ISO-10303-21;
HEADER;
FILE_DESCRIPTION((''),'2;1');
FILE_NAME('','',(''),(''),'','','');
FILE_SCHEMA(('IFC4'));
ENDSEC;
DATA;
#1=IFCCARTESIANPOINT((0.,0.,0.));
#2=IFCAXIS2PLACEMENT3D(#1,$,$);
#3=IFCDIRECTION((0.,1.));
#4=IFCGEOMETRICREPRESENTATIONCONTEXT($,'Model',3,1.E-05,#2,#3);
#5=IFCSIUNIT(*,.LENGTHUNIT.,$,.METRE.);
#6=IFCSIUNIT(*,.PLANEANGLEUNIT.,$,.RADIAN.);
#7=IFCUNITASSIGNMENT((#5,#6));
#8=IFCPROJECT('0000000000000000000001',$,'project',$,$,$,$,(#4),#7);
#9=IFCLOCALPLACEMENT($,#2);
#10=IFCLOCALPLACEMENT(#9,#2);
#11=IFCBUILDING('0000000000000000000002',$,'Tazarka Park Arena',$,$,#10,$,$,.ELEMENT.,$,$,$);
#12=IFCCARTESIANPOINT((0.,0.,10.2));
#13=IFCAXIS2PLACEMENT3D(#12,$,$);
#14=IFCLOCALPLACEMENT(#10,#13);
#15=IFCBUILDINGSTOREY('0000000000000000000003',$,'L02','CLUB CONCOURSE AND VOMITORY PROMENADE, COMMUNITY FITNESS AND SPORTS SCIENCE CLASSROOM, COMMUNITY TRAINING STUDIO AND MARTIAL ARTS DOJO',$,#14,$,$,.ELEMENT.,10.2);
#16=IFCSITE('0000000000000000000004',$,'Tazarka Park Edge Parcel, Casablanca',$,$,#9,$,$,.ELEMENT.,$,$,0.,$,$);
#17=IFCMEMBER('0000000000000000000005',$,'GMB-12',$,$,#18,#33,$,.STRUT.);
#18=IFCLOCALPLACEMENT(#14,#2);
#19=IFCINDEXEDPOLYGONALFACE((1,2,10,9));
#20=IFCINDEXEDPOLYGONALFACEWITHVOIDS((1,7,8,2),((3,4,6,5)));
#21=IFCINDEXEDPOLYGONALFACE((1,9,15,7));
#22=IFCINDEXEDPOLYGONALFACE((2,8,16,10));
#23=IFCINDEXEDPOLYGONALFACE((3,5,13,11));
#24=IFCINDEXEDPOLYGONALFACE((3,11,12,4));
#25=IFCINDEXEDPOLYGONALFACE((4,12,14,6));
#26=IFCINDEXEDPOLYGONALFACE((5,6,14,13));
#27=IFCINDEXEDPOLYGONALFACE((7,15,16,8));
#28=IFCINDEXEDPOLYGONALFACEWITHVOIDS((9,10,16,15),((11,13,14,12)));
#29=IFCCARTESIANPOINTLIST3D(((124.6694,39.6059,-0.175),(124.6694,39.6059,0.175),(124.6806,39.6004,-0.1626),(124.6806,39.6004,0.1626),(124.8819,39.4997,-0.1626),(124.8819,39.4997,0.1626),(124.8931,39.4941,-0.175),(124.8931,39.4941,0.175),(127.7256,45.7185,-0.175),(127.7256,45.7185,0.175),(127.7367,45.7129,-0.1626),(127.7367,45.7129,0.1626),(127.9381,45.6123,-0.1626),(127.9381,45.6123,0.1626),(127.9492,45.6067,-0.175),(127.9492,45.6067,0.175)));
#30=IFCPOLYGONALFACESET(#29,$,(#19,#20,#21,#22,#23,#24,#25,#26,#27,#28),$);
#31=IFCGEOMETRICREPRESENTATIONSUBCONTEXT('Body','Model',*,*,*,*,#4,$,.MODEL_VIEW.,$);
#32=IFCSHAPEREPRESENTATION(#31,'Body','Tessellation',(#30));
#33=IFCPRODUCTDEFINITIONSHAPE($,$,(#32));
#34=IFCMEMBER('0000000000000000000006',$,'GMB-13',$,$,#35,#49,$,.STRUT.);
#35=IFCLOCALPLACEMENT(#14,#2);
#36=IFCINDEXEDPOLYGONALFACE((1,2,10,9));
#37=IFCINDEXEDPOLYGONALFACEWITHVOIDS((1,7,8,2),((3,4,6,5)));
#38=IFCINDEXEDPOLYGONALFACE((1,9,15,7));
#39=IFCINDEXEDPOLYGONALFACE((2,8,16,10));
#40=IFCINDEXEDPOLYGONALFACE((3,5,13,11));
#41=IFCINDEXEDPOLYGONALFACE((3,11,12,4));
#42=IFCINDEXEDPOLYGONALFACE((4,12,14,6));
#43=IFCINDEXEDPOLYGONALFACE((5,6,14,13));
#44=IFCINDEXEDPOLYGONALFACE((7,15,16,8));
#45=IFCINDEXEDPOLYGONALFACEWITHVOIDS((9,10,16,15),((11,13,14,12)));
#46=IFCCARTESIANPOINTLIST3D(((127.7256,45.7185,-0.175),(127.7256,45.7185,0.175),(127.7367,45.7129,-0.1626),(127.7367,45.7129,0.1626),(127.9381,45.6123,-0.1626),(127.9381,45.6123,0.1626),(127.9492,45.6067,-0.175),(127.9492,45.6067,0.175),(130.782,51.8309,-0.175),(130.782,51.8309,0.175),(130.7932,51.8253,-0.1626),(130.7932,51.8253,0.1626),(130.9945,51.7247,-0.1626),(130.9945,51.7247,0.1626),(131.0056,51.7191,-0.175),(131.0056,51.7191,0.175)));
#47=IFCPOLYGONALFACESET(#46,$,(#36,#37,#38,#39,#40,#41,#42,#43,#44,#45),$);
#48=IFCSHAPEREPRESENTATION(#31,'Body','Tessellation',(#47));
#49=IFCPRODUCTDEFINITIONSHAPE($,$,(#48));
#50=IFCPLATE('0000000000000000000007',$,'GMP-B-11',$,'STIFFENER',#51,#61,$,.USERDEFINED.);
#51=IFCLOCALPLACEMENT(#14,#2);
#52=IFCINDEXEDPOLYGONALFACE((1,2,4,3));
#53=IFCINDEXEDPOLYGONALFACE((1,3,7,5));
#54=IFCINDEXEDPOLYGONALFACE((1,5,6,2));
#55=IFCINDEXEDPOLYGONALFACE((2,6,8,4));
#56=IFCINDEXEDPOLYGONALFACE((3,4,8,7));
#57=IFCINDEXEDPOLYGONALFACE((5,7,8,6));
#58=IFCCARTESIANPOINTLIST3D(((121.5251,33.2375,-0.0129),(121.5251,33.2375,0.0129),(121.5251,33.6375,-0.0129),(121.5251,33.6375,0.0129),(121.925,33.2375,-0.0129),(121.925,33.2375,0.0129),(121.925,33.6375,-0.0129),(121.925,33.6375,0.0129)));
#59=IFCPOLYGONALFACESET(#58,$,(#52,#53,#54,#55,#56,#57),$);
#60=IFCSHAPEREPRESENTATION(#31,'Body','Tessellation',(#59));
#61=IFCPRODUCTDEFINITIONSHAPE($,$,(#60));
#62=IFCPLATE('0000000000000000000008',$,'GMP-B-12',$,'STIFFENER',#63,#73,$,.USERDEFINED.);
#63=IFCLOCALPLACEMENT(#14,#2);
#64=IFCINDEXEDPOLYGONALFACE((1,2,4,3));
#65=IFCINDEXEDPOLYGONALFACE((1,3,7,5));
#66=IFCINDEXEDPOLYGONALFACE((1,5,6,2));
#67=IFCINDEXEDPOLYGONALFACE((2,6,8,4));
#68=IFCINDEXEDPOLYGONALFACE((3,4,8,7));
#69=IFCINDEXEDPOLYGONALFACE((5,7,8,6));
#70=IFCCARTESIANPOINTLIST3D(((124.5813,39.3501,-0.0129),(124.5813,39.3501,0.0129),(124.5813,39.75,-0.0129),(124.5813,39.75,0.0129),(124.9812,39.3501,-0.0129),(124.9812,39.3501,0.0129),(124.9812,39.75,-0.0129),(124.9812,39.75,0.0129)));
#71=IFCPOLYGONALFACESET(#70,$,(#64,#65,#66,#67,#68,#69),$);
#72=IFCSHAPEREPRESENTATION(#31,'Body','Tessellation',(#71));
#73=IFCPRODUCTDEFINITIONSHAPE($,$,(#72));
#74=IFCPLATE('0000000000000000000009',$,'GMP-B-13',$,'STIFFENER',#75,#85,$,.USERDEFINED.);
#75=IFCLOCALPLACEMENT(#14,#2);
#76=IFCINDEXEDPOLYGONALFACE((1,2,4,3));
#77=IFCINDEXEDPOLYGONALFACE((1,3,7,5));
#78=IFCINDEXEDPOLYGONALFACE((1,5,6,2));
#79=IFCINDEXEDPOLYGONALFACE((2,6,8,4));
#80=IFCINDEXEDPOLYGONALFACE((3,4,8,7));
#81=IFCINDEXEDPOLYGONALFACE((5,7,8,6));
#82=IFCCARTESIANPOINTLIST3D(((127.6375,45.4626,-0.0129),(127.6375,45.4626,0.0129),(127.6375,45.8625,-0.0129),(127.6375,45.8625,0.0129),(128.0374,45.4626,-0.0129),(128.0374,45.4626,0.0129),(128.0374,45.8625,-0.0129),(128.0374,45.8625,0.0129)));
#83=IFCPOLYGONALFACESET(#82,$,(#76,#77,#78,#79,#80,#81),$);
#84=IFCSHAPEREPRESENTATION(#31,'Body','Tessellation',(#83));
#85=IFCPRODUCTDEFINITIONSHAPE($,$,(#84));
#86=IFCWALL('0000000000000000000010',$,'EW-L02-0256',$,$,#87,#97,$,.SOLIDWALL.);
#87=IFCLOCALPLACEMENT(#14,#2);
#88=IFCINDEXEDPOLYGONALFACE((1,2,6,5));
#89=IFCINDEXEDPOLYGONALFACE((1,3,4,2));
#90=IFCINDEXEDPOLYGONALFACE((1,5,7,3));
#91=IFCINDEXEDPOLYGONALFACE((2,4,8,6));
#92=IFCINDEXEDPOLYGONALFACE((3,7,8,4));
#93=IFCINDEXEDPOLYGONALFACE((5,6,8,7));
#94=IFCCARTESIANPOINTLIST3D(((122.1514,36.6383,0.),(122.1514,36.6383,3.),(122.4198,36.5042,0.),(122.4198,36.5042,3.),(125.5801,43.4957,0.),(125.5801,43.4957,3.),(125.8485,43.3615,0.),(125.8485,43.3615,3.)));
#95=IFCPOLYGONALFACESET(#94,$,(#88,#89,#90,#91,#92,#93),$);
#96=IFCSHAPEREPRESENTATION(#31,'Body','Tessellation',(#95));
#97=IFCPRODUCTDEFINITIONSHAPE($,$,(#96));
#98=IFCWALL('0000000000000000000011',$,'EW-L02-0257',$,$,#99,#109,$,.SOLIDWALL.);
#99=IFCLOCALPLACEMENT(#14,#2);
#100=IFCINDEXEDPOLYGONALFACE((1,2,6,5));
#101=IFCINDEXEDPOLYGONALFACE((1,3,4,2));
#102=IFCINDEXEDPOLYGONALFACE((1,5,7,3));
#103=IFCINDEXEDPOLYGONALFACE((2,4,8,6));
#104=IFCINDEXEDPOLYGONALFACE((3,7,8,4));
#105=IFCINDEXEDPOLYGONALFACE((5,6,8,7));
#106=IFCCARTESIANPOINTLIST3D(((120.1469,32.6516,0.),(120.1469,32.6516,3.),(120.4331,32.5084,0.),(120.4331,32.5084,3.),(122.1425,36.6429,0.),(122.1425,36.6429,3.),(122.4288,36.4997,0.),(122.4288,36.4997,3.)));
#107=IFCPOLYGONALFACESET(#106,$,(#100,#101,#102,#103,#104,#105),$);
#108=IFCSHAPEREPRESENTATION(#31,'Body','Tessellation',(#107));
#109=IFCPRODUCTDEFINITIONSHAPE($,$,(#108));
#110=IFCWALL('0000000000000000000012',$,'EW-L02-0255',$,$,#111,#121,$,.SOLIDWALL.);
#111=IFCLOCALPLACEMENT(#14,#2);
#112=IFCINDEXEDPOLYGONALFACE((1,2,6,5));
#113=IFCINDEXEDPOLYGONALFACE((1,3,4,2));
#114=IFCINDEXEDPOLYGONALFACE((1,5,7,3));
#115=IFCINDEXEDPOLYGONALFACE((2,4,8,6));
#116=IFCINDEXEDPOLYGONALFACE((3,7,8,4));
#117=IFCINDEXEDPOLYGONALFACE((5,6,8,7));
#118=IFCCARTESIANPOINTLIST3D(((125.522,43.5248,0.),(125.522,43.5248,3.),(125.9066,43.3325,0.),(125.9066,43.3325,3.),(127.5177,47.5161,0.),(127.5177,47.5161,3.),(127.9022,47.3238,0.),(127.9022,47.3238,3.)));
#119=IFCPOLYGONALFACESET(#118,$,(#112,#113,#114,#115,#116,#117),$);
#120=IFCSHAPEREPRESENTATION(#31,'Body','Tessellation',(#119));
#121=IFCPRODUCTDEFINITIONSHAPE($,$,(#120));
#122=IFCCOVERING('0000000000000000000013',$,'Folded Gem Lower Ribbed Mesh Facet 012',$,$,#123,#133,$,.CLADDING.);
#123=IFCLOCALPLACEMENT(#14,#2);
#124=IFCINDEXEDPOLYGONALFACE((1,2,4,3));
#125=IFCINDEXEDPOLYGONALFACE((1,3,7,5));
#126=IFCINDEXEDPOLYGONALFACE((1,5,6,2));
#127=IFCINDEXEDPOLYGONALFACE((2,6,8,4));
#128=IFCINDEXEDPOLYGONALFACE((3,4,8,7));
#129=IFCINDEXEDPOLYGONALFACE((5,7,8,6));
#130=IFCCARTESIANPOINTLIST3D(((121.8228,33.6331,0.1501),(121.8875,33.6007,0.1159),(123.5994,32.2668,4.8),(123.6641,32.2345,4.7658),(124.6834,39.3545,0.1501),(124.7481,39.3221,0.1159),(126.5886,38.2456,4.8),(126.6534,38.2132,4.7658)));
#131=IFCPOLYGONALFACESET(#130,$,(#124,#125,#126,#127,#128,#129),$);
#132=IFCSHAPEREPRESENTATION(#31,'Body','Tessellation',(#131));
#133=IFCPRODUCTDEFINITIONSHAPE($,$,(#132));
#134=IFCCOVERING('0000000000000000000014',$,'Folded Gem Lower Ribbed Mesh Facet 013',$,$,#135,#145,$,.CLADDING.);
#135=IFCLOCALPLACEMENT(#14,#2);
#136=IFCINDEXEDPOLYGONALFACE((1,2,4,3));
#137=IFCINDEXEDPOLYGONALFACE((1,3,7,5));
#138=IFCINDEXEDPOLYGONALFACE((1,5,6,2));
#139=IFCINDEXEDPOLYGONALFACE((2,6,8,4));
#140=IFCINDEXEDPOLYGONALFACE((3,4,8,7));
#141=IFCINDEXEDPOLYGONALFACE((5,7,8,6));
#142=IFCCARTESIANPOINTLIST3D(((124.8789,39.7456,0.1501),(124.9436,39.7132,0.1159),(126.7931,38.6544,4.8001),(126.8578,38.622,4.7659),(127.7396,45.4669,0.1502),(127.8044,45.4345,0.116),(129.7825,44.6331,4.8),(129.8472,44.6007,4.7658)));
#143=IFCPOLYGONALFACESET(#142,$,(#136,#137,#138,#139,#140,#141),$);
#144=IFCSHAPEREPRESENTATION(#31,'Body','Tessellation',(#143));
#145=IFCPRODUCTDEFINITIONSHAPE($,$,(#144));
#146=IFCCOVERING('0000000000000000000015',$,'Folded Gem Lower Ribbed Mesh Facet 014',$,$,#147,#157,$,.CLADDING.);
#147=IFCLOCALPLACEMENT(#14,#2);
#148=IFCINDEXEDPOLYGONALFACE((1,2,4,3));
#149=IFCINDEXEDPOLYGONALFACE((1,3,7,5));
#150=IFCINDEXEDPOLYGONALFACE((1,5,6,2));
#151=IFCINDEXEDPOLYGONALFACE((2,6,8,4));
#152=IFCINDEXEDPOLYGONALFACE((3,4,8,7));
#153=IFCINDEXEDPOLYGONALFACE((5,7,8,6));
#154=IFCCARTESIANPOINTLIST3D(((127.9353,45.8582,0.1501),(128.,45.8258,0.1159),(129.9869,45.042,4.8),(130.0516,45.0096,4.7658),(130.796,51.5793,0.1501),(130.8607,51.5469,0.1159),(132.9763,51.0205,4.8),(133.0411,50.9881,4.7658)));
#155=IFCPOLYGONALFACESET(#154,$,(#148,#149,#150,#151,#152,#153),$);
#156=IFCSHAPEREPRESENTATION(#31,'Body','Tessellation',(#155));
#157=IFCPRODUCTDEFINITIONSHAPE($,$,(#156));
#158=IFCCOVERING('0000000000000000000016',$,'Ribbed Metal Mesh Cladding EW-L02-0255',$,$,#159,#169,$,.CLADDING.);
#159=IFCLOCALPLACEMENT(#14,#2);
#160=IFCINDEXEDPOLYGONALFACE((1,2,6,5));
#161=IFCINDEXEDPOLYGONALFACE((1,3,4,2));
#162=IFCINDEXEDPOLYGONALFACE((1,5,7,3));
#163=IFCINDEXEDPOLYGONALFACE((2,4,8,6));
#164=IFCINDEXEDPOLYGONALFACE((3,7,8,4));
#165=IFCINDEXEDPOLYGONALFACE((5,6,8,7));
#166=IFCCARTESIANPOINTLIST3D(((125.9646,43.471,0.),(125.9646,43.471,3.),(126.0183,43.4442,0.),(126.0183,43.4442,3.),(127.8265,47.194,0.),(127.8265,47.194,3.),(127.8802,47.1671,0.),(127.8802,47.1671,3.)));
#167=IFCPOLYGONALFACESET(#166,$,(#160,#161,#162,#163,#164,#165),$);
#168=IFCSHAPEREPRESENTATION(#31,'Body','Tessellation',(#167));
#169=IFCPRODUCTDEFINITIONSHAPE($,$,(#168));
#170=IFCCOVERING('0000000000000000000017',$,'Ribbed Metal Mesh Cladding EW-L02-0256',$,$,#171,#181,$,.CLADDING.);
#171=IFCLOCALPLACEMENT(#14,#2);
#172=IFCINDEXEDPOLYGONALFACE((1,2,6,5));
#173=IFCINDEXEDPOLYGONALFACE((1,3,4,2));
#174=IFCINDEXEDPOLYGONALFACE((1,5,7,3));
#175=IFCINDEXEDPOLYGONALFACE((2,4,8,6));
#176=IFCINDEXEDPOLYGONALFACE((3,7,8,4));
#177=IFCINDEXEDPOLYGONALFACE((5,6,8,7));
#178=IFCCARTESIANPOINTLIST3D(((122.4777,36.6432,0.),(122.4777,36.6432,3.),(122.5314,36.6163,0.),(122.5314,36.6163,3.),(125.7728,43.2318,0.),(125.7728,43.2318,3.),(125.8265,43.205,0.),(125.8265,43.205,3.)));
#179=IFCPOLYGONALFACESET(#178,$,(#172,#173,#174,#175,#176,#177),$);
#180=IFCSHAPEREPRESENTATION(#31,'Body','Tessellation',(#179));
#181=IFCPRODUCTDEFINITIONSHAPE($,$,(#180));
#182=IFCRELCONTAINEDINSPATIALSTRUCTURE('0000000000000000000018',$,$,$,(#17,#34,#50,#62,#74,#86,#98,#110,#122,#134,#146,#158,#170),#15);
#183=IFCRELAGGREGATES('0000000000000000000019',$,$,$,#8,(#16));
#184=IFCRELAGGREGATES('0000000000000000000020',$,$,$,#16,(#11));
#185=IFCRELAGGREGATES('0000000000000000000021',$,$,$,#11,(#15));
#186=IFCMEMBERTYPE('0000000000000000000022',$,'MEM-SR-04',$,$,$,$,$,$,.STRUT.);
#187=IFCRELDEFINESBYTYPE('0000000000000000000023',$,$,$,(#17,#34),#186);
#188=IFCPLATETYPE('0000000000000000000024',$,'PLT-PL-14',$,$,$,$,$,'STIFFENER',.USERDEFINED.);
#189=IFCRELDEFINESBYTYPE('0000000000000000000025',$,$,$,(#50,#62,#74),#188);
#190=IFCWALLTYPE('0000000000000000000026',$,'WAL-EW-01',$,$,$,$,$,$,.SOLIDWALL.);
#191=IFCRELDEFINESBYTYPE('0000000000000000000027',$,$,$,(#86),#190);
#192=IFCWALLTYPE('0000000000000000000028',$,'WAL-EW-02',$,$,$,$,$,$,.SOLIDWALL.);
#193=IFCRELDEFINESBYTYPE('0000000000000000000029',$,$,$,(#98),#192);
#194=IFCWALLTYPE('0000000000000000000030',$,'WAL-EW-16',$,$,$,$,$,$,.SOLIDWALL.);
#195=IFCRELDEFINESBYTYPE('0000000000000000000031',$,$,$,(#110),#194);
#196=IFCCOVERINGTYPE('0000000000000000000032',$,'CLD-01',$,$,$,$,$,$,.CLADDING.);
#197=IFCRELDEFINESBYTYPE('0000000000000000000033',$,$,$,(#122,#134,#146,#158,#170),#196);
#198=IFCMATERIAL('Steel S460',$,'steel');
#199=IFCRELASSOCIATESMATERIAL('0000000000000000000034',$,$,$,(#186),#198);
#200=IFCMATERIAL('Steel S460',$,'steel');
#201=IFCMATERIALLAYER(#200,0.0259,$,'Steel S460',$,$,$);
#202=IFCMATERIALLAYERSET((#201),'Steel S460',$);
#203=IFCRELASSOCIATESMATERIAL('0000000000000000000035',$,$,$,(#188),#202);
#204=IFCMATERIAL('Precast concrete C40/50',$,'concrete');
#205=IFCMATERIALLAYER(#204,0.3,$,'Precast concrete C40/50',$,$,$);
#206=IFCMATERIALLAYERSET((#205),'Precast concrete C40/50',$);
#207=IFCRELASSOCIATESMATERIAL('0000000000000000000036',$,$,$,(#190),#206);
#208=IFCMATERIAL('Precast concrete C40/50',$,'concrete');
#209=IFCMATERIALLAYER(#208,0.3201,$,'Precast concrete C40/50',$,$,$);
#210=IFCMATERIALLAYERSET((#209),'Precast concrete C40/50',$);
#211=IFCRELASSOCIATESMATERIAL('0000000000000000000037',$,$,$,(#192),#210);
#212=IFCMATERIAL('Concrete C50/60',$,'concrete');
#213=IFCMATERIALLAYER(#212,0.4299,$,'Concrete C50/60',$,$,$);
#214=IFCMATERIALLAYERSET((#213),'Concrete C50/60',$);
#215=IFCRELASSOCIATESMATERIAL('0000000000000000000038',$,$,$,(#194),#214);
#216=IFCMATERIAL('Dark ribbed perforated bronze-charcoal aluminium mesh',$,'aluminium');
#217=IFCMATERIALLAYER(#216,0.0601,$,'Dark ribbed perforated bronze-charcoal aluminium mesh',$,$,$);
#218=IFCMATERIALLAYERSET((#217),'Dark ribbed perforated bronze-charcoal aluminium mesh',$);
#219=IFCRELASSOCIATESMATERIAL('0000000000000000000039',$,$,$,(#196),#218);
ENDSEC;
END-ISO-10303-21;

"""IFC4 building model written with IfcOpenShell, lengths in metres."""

from ifc_helpers import new_model, si_unit, direction, frame, frame_2d, origin, origin_2d, place, context, subcontext, project, spatial, polyline, rectangle, hollow_rectangle, outline, extrude, material, layer, layer_set, material_profile, profile_set, type_object, element, save


model = new_model("IFC4")

# Units and contexts
model_context = context("Model", 3, precision=1e-05, world=origin(), true_north=direction((0.0, 1.0)))
body_context = subcontext(model_context, "Body", "Model", "MODEL_VIEW")
ifc_project = project(units=[si_unit("LENGTHUNIT", "METRE"), si_unit("PLANEANGLEUNIT", "RADIAN")], contexts=[model_context])

# Site, building, storey
site_placement = place(None, origin())
site = spatial("IfcSite", under=ifc_project, at=site_placement, Name="Tazarka Park Edge Parcel, Casablanca", CompositionType="ELEMENT", RefElevation=0.0)
building_placement = place(site_placement, origin())
building = spatial("IfcBuilding", under=site, at=building_placement, Name="Tazarka Park Arena", CompositionType="ELEMENT")
storey_placement = place(building_placement, frame((0.0, 0.0, 10.2)))
storey = spatial("IfcBuildingStorey", under=building, at=storey_placement, Name="L02", Description="CLUB CONCOURSE AND VOMITORY PROMENADE, COMMUNITY FITNESS AND SPORTS SCIENCE CLASSROOM, COMMUNITY TRAINING STUDIO AND MARTIAL ARTS DOJO", CompositionType="ELEMENT", Elevation=10.2)

# Members
ifc_material_1 = material(Name="Steel S460", Category="steel")
ifc_material_profile_1 = material_profile(ifc_material_1, hollow_rectangle(XDim=0.25, YDim=0.3501, WallThickness=0.0125, at=origin_2d()), Name="Steel S460")
ifc_profile_set_1 = profile_set([ifc_material_profile_1], Name="Steel S460")
member_type_1 = type_object("IfcMemberType", Name="MEM-SR-04", PredefinedType="STRUT", material=ifc_profile_set_1)
for number, where, z_axis, x_axis, name in (
    (1, (124.7812, 39.55, 0.0), (0.447199, 0.894434, 0.0), (-0.894434, 0.447199, 0.0), "GMB-12"),
    (2, (127.8374, 45.6626, 0.0), (0.447242, 0.894413, 0.0), (-0.894413, 0.447242, 0.0), "GMB-13"),
):
    element("IfcMember", number, at=place(storey_placement, frame(where, z_axis=z_axis, x_axis=x_axis)), inside=storey, type_object=member_type_1, Name=name, PredefinedType="STRUT", context=body_context, shape_type="SweptSolid", body=[
        extrude(hollow_rectangle(XDim=0.25, YDim=0.3501, WallThickness=0.0125, at=origin_2d()), origin(), (0.0, 0.0, 1.0), 6.834),
    ])

# Plates
ifc_material_2 = material(Name="Steel S460", Category="steel")
ifc_layer_1 = layer(ifc_material_2, 0.0259, Name="Steel S460")
ifc_layer_set_1 = layer_set([ifc_layer_1], Name="Steel S460")
plate_type = type_object("IfcPlateType", Name="PLT-PL-14", ElementType="STIFFENER", PredefinedType="USERDEFINED", material=ifc_layer_set_1)
for number, where, z_axis, x_axis, name in (
    (3, (121.7251, 33.4375, -0.0129), (0.0, 0.0, 1.0), (1.0, 0.0, 0.0), "GMP-B-11"),
    (4, (124.7812, 39.55, -0.0129), (0.0, 0.0, 1.0), (1.0, 0.0, 0.0), "GMP-B-12"),
    (5, (127.8374, 45.6626, -0.0129), (0.0, 0.0, 1.0), (1.0, 0.0, 0.0), "GMP-B-13"),
):
    element("IfcPlate", number, at=place(storey_placement, frame(where, z_axis=z_axis, x_axis=x_axis)), inside=storey, type_object=plate_type, Name=name, ObjectType="STIFFENER", PredefinedType="USERDEFINED", context=body_context, shape_type="SweptSolid", body=[
        extrude(rectangle(XDim=0.3999, YDim=0.3999, at=origin_2d()), origin(), (0.0, 0.0, 1.0), 0.0259),
    ])

# Walls
ifc_material_3 = material(Name="Precast concrete C40/50", Category="concrete")
ifc_layer_2 = layer(ifc_material_3, 0.3, Name="Precast concrete C40/50")
ifc_layer_set_2 = layer_set([ifc_layer_2], Name="Precast concrete C40/50")
wall_type_1 = type_object("IfcWallType", Name="WAL-EW-01", PredefinedType="SOLIDWALL", material=ifc_layer_set_2)
wall_1_placement = place(storey_placement, frame((125.7144, 43.4287, 0.0), z_axis=(0.0, 0.0, 1.0), x_axis=(-0.447214, -0.894427, 0.0)))
element("IfcWall", 6, at=wall_1_placement, inside=storey, type_object=wall_type_1, Name="EW-L02-0256", PredefinedType="SOLIDWALL", context=body_context, shape_type="SweptSolid", body=[
    extrude(rectangle(XDim=7.6667, YDim=0.3, at=frame_2d((3.8335, 0.0))), origin(), (0.0, 0.0, 1.0), 3.0),
])
ifc_material_4 = material(Name="Precast concrete C40/50", Category="concrete")
ifc_layer_3 = layer(ifc_material_4, 0.3201, Name="Precast concrete C40/50")
ifc_layer_set_3 = layer_set([ifc_layer_3], Name="Precast concrete C40/50")
wall_type_2 = type_object("IfcWallType", Name="WAL-EW-02", PredefinedType="SOLIDWALL", material=ifc_layer_set_3)
wall_2_placement = place(storey_placement, frame((122.2856, 36.5713, 0.0), z_axis=(0.0, 0.0, 1.0), x_axis=(-0.447214, -0.894427, 0.0)))
element("IfcWall", 7, at=wall_2_placement, inside=storey, type_object=wall_type_2, Name="EW-L02-0257", PredefinedType="SOLIDWALL", context=body_context, shape_type="SweptSolid", body=[
    extrude(rectangle(XDim=4.4624, YDim=0.3201, at=frame_2d((2.2312, 0.0))), origin(), (0.0, 0.0, 1.0), 3.0),
])
ifc_material_5 = material(Name="Concrete C50/60", Category="concrete")
ifc_layer_4 = layer(ifc_material_5, 0.4299, Name="Concrete C50/60")
ifc_layer_set_4 = layer_set([ifc_layer_4], Name="Concrete C50/60")
wall_type_3 = type_object("IfcWallType", Name="WAL-EW-16", PredefinedType="SOLIDWALL", material=ifc_layer_set_4)
wall_3_placement = place(storey_placement, frame((127.71, 47.4199, 0.0), z_axis=(0.0, 0.0, 1.0), x_axis=(-0.447214, -0.894427, 0.0)))
element("IfcWall", 8, at=wall_3_placement, inside=storey, type_object=wall_type_3, Name="EW-L02-0255", PredefinedType="SOLIDWALL", context=body_context, shape_type="SweptSolid", body=[
    extrude(rectangle(XDim=4.4624, YDim=0.4299, at=frame_2d((2.2312, 0.0))), origin(), (0.0, 0.0, 1.0), 3.0),
])

# Coverings
ifc_material_6 = material(Name="Dark ribbed perforated bronze-charcoal aluminium mesh", Category="aluminium")
ifc_layer_5 = layer(ifc_material_6, 0.0601, Name="Dark ribbed perforated bronze-charcoal aluminium mesh")
ifc_layer_set_5 = layer_set([ifc_layer_5], Name="Dark ribbed perforated bronze-charcoal aluminium mesh")
covering_type = type_object("IfcCoveringType", Name="CLD-01", PredefinedType="CLADDING", material=ifc_layer_set_5)
covering_1_placement = place(storey_placement, frame((121.8228, 33.6331, 0.1501), z_axis=(-0.808506, 0.404236, 0.427681), x_axis=(0.447199, 0.894435, 0.0)))
element("IfcCovering", 9, at=covering_1_placement, inside=storey, type_object=covering_type, Name="Folded Gem Lower Ribbed Mesh Facet 012", PredefinedType="CLADDING", context=body_context, shape_type="SweptSolid", body=[
    extrude(outline(polyline([(0.0, 0.0), (6.3967, 0.0), (6.2569, -5.1441), (-0.4275, -5.1441), (0.0, 0.0)])), origin(), (0.0, 0.0, -1.0), 0.0801),
])
covering_2_placement = place(storey_placement, frame((124.8789, 39.7456, 0.1501), z_axis=(-0.808492, 0.404254, 0.42769), x_axis=(0.447225, 0.894421, 0.00001)))
element("IfcCovering", 10, at=covering_2_placement, inside=storey, type_object=covering_type, Name="Folded Gem Lower Ribbed Mesh Facet 013", PredefinedType="CLADDING", context=body_context, shape_type="SweptSolid", body=[
    extrude(outline(polyline([(0.0, 0.0), (6.3966, 0.0), (6.5645, -5.1441), (-0.1199, -5.1442), (0.0, 0.0)])), origin(), (0.0, 0.0, -1.0), 0.0801),
])
covering_3_placement = place(storey_placement, frame((127.9353, 45.8582, 0.1501), z_axis=(-0.808493, 0.404263, 0.427681), x_axis=(0.447226, 0.894421, -0.000006)))
element("IfcCovering", 11, at=covering_3_placement, inside=storey, type_object=covering_type, Name="Folded Gem Lower Ribbed Mesh Facet 014", PredefinedType="CLADDING", context=body_context, shape_type="SweptSolid", body=[
    extrude(outline(polyline([(0.0, 0.0), (6.3965, 0.0), (6.8718, -5.1441), (0.1875, -5.1441), (0.0, 0.0)])), origin(), (0.0, 0.0, -1.0), 0.0801),
])
covering_4_placement = place(storey_placement, frame((126.9224, 45.3191, 0.0), z_axis=(0.0, 0.0, 1.0), x_axis=(-0.447291, -0.894389, 0.0)))
element("IfcCovering", 12, at=covering_4_placement, inside=storey, type_object=covering_type, Name="Ribbed Metal Mesh Cladding EW-L02-0255", PredefinedType="CLADDING", context=body_context, shape_type="SweptSolid", body=[
    extrude(rectangle(XDim=4.1626, YDim=0.0601, at=origin_2d()), origin(), (0.0, 0.0, 1.0), 3.0),
])
covering_5_placement = place(storey_placement, frame((124.1521, 39.9241, 0.0), z_axis=(0.0, 0.0, 1.0), x_axis=(-0.447291, -0.894389, 0.0)))
element("IfcCovering", 13, at=covering_5_placement, inside=storey, type_object=covering_type, Name="Ribbed Metal Mesh Cladding EW-L02-0256", PredefinedType="CLADDING", context=body_context, shape_type="SweptSolid", body=[
    extrude(rectangle(XDim=7.3667, YDim=0.0601, at=origin_2d()), origin(), (0.0, 0.0, 1.0), 3.0),
])

save(model, "model.ifc")
